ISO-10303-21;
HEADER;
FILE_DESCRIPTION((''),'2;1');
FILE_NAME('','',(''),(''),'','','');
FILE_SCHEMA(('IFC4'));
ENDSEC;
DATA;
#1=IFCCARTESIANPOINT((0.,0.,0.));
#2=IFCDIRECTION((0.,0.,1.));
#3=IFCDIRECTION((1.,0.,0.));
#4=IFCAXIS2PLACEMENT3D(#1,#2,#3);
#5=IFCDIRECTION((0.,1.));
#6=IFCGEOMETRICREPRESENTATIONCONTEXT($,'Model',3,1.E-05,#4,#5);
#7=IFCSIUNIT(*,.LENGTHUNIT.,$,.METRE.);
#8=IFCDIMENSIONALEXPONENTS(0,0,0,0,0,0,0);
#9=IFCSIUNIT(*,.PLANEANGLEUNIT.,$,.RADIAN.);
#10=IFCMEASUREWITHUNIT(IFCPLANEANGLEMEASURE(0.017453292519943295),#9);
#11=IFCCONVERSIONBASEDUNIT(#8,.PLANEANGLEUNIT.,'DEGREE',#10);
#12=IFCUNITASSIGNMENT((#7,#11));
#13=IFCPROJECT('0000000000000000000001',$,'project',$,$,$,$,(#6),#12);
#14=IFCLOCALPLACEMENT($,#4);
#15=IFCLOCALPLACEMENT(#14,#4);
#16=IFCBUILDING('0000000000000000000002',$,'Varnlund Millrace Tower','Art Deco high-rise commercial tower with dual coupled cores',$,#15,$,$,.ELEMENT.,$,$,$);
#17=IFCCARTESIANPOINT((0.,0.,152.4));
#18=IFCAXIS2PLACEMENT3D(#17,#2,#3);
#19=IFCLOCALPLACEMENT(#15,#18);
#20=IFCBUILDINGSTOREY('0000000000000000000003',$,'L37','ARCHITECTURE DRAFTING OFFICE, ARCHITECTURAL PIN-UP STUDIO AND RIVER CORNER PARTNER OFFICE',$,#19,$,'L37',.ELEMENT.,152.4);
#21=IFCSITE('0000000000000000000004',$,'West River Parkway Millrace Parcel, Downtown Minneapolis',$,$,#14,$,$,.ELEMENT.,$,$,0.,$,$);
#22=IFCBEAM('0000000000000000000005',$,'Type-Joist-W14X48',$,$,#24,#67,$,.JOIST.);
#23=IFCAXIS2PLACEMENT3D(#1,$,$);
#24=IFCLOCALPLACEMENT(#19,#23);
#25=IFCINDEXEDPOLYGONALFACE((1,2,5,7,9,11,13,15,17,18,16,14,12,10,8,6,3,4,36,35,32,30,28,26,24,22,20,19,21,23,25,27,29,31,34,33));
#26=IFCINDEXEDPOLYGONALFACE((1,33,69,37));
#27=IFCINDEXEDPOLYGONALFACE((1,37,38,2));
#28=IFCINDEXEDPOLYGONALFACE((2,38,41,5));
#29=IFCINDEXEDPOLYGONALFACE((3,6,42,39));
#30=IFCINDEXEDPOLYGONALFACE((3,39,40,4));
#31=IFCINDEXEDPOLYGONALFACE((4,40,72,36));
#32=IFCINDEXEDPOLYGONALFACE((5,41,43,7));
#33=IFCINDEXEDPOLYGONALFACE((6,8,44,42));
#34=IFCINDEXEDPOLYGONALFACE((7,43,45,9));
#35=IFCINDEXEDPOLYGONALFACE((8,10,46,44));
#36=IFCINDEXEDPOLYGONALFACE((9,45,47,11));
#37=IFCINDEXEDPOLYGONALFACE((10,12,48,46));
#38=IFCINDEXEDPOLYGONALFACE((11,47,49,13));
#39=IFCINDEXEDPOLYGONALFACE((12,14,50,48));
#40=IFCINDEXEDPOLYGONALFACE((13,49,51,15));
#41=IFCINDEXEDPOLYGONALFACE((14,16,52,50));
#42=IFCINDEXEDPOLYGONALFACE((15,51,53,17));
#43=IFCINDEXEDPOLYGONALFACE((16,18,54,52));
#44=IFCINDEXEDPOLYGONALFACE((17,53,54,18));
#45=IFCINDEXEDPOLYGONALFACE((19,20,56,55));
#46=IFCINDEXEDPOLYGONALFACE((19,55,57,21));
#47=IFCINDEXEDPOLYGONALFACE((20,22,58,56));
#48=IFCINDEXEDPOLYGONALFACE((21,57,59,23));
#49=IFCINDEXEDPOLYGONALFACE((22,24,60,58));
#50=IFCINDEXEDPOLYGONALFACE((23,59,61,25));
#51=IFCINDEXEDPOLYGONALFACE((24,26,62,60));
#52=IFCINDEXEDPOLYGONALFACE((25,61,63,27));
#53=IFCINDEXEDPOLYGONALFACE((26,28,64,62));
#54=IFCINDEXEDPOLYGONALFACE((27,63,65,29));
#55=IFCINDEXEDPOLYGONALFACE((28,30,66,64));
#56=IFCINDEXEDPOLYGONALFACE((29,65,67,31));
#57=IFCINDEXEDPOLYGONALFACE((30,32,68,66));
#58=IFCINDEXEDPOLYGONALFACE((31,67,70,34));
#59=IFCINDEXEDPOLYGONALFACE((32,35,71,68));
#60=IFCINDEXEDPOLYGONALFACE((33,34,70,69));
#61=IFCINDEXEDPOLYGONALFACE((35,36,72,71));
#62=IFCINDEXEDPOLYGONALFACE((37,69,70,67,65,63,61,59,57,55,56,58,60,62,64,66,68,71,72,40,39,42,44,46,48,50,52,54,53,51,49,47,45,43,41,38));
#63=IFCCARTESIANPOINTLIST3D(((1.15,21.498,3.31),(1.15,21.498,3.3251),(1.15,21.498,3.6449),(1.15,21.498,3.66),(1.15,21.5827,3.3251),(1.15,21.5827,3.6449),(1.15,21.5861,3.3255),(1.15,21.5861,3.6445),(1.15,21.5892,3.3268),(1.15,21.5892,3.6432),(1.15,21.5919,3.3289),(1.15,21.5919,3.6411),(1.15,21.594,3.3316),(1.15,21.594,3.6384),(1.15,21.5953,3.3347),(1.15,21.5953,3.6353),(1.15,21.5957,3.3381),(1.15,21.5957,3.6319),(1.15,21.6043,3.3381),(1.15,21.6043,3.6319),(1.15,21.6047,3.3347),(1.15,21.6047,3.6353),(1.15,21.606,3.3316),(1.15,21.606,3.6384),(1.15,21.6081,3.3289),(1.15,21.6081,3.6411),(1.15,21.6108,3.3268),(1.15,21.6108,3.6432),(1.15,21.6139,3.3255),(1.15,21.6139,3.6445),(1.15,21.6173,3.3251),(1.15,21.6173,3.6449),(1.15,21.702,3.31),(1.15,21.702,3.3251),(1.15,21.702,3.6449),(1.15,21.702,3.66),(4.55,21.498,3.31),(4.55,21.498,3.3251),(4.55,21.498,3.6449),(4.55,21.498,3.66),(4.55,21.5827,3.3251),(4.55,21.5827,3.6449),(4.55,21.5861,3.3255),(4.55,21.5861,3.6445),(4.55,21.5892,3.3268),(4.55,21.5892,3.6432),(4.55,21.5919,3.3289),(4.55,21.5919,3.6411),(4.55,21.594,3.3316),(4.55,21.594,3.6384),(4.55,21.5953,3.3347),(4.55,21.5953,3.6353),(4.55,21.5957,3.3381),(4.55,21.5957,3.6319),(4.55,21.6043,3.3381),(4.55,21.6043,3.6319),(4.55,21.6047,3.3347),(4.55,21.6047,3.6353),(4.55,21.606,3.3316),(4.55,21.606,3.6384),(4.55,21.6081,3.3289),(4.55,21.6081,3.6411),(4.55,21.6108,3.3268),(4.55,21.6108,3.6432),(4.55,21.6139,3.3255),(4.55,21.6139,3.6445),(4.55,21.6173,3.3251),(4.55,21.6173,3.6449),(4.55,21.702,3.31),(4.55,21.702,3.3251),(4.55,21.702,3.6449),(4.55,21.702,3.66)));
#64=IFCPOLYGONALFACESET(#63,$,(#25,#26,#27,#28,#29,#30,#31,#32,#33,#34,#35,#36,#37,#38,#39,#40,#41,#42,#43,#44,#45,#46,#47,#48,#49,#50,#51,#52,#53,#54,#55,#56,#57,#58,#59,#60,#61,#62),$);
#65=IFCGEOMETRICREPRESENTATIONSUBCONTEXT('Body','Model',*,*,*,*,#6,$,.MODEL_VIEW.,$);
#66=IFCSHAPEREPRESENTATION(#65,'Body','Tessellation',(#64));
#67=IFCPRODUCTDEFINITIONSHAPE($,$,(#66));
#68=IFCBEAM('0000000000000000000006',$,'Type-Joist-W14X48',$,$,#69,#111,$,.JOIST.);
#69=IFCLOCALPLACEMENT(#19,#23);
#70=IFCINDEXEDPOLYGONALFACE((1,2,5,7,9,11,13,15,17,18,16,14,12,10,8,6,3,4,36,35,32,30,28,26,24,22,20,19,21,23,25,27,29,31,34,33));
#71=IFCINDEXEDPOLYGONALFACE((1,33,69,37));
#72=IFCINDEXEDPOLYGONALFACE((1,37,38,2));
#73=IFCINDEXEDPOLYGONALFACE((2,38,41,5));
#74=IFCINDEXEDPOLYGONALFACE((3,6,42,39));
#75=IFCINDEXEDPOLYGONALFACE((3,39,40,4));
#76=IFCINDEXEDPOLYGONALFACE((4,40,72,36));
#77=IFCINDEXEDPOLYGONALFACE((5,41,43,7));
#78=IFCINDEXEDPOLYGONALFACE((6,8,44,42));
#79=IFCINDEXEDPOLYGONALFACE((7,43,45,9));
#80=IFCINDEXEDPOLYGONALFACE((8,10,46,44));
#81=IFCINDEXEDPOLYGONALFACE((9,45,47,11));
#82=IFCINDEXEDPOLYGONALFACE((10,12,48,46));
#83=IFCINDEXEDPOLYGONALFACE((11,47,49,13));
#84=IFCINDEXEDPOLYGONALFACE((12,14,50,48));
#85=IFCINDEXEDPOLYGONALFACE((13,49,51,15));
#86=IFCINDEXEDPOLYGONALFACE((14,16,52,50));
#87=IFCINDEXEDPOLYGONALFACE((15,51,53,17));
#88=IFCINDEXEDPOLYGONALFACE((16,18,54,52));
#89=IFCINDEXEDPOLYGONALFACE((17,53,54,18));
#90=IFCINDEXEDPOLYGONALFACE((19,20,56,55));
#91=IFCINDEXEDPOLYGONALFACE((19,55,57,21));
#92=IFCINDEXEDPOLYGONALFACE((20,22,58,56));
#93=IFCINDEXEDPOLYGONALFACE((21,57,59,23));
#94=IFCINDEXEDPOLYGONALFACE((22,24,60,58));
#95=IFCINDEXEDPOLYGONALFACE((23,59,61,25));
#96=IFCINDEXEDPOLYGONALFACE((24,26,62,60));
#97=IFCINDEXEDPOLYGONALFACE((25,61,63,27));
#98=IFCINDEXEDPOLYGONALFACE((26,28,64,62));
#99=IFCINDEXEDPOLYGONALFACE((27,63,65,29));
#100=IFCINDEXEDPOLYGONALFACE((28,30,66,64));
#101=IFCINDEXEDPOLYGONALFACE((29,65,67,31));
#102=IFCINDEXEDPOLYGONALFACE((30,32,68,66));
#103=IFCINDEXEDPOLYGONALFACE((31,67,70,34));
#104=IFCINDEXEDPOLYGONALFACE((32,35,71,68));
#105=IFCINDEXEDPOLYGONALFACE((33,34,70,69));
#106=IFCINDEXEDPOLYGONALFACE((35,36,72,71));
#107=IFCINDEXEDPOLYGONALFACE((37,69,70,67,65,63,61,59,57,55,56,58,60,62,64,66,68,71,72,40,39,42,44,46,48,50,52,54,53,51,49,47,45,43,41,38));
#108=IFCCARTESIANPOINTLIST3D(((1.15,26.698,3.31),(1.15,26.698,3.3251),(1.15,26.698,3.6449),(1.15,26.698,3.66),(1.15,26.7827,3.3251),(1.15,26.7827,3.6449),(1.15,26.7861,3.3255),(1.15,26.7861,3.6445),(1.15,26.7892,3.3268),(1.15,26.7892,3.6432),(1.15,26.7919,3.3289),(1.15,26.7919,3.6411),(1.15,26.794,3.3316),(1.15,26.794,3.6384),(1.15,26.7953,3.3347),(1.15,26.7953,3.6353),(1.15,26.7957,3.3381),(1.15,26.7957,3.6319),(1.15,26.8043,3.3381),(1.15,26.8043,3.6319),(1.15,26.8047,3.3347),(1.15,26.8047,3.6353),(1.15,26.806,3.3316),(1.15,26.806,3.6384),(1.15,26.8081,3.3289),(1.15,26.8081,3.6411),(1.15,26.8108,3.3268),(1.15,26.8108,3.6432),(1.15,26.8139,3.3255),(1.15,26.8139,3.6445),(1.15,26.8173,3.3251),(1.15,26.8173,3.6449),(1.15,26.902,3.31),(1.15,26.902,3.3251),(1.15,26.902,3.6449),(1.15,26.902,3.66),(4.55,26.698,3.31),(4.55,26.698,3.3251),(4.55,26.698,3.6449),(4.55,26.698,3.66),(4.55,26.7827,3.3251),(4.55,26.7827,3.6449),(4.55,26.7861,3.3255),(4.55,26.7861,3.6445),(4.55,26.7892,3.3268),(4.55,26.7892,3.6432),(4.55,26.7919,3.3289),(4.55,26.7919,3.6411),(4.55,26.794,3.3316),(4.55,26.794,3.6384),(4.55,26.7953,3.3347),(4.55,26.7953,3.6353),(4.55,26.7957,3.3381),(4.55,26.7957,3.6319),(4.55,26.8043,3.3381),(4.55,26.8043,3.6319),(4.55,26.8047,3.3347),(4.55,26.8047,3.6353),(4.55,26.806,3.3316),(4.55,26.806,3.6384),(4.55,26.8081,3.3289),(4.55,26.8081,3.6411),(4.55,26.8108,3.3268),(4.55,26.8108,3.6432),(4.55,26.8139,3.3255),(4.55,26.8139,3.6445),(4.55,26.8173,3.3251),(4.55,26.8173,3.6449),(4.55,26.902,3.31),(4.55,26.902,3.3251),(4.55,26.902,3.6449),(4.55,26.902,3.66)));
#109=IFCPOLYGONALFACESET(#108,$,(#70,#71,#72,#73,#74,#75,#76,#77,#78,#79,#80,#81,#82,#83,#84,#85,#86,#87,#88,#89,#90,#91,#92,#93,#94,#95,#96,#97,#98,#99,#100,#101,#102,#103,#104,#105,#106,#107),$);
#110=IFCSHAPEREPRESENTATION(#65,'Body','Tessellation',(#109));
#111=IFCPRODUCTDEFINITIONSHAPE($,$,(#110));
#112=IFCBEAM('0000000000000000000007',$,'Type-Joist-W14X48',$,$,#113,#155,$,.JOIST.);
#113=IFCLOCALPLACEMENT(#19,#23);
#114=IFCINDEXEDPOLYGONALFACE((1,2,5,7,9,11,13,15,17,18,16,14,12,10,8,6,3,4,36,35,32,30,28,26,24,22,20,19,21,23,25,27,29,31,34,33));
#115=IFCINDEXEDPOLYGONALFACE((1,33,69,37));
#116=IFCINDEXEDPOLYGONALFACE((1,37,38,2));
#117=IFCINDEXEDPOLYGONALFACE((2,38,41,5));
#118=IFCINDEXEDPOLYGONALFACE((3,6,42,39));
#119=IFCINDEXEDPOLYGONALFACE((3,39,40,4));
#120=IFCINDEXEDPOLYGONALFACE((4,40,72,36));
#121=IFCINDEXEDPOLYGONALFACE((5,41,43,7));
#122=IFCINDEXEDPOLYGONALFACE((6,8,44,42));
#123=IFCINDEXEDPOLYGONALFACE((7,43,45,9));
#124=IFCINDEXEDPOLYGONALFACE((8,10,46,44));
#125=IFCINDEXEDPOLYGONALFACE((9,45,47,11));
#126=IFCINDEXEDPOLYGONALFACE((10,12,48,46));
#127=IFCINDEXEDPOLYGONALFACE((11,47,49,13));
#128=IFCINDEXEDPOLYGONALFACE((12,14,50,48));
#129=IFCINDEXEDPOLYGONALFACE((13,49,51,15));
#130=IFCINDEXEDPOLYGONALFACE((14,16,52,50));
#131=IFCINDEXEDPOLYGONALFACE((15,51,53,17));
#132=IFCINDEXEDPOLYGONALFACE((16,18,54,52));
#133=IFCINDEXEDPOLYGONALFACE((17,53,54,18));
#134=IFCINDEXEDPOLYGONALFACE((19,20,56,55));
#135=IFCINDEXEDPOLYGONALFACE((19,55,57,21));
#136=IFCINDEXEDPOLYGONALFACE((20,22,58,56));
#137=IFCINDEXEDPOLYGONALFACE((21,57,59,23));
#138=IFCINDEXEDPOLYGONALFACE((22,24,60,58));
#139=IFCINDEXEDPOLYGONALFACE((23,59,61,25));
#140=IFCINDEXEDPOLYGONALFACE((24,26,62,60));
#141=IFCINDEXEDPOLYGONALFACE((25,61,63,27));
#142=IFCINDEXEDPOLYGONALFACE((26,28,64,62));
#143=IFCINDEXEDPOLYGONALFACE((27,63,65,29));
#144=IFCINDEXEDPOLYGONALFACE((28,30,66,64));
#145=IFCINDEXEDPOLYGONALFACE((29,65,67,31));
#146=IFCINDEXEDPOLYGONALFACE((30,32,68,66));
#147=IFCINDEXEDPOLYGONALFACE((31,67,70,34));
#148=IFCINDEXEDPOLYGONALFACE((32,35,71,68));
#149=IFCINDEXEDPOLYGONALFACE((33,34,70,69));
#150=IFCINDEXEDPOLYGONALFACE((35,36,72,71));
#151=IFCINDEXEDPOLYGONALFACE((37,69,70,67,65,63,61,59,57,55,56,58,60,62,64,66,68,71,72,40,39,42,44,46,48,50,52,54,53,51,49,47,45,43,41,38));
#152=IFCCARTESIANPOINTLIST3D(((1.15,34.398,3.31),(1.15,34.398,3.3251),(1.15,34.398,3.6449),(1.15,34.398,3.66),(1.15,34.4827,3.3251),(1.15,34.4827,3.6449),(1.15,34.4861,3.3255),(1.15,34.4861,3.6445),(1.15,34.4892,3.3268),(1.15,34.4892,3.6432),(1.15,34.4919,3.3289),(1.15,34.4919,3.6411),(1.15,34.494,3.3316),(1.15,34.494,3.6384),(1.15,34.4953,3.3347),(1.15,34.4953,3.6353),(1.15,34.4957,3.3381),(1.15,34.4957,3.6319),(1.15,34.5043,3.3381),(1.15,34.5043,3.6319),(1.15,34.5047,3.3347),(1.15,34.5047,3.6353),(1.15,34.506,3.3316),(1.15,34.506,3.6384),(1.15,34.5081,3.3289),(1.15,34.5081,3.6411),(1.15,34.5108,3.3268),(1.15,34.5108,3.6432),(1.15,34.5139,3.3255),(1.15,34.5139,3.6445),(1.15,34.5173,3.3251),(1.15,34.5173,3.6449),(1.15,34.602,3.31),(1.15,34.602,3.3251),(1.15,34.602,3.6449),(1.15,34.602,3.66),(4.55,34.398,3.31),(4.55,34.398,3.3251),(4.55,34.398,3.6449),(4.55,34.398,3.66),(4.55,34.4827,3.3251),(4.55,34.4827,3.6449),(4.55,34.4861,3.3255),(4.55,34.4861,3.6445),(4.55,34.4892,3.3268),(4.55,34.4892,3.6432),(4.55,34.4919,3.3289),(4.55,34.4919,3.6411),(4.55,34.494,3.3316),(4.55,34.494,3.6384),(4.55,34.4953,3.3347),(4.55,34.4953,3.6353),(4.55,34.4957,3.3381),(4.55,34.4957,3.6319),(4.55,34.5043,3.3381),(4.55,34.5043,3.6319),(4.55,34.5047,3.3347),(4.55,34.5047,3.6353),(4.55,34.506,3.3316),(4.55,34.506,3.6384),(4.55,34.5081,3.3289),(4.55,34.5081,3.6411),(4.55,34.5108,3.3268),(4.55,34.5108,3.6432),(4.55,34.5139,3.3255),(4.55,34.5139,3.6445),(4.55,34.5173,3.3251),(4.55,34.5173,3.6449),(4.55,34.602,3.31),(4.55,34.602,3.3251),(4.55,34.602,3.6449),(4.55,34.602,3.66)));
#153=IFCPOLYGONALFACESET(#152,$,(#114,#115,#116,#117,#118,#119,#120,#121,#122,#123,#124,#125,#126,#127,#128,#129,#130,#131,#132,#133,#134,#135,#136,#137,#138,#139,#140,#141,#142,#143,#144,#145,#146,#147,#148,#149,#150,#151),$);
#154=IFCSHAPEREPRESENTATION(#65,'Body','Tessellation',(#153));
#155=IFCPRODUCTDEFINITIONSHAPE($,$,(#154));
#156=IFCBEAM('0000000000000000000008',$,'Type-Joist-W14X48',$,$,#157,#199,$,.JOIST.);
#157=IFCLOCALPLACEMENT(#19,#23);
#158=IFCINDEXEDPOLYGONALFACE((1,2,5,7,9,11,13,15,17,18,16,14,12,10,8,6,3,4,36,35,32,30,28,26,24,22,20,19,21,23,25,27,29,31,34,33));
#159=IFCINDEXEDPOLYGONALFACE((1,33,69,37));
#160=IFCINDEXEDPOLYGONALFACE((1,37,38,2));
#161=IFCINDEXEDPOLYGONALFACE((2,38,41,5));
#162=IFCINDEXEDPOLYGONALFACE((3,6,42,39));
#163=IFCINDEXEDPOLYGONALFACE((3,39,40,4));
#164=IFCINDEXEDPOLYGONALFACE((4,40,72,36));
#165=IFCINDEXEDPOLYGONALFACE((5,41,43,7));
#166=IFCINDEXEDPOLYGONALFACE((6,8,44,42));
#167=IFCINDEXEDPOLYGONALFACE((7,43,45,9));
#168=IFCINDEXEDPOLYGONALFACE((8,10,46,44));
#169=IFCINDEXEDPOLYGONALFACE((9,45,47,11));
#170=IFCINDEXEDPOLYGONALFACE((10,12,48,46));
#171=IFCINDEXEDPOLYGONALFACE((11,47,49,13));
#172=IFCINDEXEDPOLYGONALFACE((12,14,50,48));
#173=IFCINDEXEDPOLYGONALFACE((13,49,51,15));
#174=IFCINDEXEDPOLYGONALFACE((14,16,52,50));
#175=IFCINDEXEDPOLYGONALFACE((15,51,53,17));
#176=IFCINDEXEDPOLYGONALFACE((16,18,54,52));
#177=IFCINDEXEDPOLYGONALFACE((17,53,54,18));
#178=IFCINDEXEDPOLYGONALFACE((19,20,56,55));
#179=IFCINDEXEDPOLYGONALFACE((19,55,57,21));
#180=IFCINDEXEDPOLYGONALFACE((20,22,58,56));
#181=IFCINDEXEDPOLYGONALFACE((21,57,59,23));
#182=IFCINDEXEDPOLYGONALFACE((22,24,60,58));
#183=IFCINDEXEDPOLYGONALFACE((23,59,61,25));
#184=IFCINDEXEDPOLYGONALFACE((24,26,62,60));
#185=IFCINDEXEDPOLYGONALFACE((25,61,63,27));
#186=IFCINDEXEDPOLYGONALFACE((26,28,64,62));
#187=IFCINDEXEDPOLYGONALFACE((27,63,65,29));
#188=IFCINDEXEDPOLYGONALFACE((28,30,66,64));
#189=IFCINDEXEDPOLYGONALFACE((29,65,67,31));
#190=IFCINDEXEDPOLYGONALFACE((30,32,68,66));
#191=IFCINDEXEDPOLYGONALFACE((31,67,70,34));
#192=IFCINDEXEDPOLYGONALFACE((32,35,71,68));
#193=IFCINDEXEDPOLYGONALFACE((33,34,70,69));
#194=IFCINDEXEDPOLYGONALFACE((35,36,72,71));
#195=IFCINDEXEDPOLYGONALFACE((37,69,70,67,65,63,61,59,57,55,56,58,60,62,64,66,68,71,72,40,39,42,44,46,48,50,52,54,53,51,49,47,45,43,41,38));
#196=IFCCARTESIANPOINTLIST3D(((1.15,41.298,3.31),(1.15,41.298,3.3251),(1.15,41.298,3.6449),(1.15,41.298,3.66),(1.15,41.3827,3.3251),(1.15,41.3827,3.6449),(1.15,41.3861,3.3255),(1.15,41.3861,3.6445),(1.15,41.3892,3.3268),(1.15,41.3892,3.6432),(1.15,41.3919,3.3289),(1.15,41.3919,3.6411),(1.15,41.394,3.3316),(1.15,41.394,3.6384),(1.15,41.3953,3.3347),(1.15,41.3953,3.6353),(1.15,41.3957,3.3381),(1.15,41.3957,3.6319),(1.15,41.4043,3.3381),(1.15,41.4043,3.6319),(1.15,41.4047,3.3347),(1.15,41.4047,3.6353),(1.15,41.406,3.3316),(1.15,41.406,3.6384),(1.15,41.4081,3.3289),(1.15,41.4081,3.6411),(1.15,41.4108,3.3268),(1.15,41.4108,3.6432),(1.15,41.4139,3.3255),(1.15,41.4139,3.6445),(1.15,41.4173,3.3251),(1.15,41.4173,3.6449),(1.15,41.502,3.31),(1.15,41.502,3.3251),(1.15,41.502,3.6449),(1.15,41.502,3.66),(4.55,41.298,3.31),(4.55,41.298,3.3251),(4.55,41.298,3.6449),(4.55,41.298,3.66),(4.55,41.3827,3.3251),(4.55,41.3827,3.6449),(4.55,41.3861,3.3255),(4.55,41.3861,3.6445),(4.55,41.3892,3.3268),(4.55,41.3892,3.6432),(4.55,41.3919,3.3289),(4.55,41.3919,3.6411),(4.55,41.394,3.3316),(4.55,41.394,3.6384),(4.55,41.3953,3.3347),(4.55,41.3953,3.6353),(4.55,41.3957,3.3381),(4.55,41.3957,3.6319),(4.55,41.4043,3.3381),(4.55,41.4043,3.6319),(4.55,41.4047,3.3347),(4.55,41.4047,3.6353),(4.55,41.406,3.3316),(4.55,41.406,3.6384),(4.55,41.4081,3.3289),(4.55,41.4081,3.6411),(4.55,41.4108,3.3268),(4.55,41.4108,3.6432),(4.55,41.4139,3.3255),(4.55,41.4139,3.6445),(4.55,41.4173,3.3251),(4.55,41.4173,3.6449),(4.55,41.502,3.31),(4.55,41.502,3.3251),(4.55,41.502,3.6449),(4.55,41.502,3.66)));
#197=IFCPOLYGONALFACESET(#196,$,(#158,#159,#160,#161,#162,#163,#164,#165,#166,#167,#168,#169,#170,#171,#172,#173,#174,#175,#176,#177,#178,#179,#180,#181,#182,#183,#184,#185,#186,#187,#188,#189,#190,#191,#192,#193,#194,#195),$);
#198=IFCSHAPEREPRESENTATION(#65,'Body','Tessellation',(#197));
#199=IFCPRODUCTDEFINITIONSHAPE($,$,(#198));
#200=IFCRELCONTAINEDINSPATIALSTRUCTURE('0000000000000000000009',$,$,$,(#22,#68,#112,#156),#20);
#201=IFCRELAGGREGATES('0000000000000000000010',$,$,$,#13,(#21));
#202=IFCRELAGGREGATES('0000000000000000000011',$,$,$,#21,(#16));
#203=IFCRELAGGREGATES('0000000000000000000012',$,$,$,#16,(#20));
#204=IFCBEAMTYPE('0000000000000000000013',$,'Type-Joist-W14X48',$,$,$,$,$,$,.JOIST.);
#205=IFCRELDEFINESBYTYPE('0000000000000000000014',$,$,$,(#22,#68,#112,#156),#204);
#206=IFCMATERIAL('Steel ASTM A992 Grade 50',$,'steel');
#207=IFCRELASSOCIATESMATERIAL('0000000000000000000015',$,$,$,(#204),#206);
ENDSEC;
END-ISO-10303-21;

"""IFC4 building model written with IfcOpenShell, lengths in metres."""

from ifc_helpers import new_model, entity, si_unit, converted_unit, direction, frame, origin_with_axes, origin_2d_with_axis, place, context, subcontext, project, spatial, i_section, extrude, material, material_profile, profile_set, type_object, element, save


model = new_model("IFC4")

# Units and contexts
model_context = context("Model", 3, precision=1e-05, world=origin_with_axes(), true_north=direction((0.0, 1.0)))
body_context = subcontext(model_context, "Body", "Model", "MODEL_VIEW")
ifc_project = project(units=[si_unit("LENGTHUNIT", "METRE"), converted_unit("PLANEANGLEUNIT", "DEGREE", entity("IfcPlaneAngleMeasure", 0.017453292519943295), si_unit("PLANEANGLEUNIT", "RADIAN"), dimensions=[0, 0, 0, 0, 0, 0, 0])], contexts=[model_context])

# Site, building, storey
site_placement = place(None, origin_with_axes())
site = spatial("IfcSite", under=ifc_project, at=site_placement, Name="West River Parkway Millrace Parcel, Downtown Minneapolis", CompositionType="ELEMENT", RefElevation=0.0)
building_placement = place(site_placement, origin_with_axes())
building = spatial("IfcBuilding", under=site, at=building_placement, Name="Varnlund Millrace Tower", Description="Art Deco high-rise commercial tower with dual coupled cores", CompositionType="ELEMENT")
storey_placement = place(building_placement, frame((0.0, 0.0, 152.4), z_axis=(0.0, 0.0, 1.0), x_axis=(1.0, 0.0, 0.0)))
storey = spatial("IfcBuildingStorey", under=building, at=storey_placement, Name="L37", Description="ARCHITECTURE DRAFTING OFFICE, ARCHITECTURAL PIN-UP STUDIO AND RIVER CORNER PARTNER OFFICE", LongName="L37", CompositionType="ELEMENT", Elevation=152.4)

# Beams
ifc_material_1 = material(Name="Steel ASTM A992 Grade 50", Category="steel")
ifc_material_profile_1 = material_profile(ifc_material_1, i_section(OverallWidth=0.204, OverallDepth=0.35, WebThickness=0.0086, FlangeThickness=0.0151, FilletRadius=0.013, at=origin_2d_with_axis()), Name="Steel ASTM A992 Grade 50")
ifc_profile_set_1 = profile_set([ifc_material_profile_1], Name="Steel ASTM A992 Grade 50")
beam_type_1 = type_object("IfcBeamType", Name="Type-Joist-W14X48", PredefinedType="JOIST", material=ifc_profile_set_1)
for number, where, z_axis, x_axis, name in (
    (1, (1.15, 21.6, 3.485), (1.0, 0.0, 0.0), (0.0, 1.0, 0.0), "Type-Joist-W14X48"),
    (2, (1.15, 26.8, 3.485), (1.0, 0.0, 0.0), (0.0, 1.0, 0.0), "Type-Joist-W14X48"),
    (3, (1.15, 34.5, 3.485), (1.0, 0.0, 0.0), (0.0, 1.0, 0.0), "Type-Joist-W14X48"),
    (4, (1.15, 41.4, 3.485), (1.0, 0.0, 0.0), (0.0, 1.0, 0.0), "Type-Joist-W14X48"),
):
    element("IfcBeam", number, at=place(storey_placement, frame(where, z_axis=z_axis, x_axis=x_axis)), inside=storey, type_object=beam_type_1, Name=name, PredefinedType="JOIST", context=body_context, shape_type="SweptSolid", body=[
        extrude(i_section(OverallWidth=0.204, OverallDepth=0.35, WebThickness=0.0086, FlangeThickness=0.0151, FilletRadius=0.013, at=origin_2d_with_axis()), origin_with_axes(), (0.0, 0.0, 1.0), 3.4),
    ])

save(model, "model.ifc")
